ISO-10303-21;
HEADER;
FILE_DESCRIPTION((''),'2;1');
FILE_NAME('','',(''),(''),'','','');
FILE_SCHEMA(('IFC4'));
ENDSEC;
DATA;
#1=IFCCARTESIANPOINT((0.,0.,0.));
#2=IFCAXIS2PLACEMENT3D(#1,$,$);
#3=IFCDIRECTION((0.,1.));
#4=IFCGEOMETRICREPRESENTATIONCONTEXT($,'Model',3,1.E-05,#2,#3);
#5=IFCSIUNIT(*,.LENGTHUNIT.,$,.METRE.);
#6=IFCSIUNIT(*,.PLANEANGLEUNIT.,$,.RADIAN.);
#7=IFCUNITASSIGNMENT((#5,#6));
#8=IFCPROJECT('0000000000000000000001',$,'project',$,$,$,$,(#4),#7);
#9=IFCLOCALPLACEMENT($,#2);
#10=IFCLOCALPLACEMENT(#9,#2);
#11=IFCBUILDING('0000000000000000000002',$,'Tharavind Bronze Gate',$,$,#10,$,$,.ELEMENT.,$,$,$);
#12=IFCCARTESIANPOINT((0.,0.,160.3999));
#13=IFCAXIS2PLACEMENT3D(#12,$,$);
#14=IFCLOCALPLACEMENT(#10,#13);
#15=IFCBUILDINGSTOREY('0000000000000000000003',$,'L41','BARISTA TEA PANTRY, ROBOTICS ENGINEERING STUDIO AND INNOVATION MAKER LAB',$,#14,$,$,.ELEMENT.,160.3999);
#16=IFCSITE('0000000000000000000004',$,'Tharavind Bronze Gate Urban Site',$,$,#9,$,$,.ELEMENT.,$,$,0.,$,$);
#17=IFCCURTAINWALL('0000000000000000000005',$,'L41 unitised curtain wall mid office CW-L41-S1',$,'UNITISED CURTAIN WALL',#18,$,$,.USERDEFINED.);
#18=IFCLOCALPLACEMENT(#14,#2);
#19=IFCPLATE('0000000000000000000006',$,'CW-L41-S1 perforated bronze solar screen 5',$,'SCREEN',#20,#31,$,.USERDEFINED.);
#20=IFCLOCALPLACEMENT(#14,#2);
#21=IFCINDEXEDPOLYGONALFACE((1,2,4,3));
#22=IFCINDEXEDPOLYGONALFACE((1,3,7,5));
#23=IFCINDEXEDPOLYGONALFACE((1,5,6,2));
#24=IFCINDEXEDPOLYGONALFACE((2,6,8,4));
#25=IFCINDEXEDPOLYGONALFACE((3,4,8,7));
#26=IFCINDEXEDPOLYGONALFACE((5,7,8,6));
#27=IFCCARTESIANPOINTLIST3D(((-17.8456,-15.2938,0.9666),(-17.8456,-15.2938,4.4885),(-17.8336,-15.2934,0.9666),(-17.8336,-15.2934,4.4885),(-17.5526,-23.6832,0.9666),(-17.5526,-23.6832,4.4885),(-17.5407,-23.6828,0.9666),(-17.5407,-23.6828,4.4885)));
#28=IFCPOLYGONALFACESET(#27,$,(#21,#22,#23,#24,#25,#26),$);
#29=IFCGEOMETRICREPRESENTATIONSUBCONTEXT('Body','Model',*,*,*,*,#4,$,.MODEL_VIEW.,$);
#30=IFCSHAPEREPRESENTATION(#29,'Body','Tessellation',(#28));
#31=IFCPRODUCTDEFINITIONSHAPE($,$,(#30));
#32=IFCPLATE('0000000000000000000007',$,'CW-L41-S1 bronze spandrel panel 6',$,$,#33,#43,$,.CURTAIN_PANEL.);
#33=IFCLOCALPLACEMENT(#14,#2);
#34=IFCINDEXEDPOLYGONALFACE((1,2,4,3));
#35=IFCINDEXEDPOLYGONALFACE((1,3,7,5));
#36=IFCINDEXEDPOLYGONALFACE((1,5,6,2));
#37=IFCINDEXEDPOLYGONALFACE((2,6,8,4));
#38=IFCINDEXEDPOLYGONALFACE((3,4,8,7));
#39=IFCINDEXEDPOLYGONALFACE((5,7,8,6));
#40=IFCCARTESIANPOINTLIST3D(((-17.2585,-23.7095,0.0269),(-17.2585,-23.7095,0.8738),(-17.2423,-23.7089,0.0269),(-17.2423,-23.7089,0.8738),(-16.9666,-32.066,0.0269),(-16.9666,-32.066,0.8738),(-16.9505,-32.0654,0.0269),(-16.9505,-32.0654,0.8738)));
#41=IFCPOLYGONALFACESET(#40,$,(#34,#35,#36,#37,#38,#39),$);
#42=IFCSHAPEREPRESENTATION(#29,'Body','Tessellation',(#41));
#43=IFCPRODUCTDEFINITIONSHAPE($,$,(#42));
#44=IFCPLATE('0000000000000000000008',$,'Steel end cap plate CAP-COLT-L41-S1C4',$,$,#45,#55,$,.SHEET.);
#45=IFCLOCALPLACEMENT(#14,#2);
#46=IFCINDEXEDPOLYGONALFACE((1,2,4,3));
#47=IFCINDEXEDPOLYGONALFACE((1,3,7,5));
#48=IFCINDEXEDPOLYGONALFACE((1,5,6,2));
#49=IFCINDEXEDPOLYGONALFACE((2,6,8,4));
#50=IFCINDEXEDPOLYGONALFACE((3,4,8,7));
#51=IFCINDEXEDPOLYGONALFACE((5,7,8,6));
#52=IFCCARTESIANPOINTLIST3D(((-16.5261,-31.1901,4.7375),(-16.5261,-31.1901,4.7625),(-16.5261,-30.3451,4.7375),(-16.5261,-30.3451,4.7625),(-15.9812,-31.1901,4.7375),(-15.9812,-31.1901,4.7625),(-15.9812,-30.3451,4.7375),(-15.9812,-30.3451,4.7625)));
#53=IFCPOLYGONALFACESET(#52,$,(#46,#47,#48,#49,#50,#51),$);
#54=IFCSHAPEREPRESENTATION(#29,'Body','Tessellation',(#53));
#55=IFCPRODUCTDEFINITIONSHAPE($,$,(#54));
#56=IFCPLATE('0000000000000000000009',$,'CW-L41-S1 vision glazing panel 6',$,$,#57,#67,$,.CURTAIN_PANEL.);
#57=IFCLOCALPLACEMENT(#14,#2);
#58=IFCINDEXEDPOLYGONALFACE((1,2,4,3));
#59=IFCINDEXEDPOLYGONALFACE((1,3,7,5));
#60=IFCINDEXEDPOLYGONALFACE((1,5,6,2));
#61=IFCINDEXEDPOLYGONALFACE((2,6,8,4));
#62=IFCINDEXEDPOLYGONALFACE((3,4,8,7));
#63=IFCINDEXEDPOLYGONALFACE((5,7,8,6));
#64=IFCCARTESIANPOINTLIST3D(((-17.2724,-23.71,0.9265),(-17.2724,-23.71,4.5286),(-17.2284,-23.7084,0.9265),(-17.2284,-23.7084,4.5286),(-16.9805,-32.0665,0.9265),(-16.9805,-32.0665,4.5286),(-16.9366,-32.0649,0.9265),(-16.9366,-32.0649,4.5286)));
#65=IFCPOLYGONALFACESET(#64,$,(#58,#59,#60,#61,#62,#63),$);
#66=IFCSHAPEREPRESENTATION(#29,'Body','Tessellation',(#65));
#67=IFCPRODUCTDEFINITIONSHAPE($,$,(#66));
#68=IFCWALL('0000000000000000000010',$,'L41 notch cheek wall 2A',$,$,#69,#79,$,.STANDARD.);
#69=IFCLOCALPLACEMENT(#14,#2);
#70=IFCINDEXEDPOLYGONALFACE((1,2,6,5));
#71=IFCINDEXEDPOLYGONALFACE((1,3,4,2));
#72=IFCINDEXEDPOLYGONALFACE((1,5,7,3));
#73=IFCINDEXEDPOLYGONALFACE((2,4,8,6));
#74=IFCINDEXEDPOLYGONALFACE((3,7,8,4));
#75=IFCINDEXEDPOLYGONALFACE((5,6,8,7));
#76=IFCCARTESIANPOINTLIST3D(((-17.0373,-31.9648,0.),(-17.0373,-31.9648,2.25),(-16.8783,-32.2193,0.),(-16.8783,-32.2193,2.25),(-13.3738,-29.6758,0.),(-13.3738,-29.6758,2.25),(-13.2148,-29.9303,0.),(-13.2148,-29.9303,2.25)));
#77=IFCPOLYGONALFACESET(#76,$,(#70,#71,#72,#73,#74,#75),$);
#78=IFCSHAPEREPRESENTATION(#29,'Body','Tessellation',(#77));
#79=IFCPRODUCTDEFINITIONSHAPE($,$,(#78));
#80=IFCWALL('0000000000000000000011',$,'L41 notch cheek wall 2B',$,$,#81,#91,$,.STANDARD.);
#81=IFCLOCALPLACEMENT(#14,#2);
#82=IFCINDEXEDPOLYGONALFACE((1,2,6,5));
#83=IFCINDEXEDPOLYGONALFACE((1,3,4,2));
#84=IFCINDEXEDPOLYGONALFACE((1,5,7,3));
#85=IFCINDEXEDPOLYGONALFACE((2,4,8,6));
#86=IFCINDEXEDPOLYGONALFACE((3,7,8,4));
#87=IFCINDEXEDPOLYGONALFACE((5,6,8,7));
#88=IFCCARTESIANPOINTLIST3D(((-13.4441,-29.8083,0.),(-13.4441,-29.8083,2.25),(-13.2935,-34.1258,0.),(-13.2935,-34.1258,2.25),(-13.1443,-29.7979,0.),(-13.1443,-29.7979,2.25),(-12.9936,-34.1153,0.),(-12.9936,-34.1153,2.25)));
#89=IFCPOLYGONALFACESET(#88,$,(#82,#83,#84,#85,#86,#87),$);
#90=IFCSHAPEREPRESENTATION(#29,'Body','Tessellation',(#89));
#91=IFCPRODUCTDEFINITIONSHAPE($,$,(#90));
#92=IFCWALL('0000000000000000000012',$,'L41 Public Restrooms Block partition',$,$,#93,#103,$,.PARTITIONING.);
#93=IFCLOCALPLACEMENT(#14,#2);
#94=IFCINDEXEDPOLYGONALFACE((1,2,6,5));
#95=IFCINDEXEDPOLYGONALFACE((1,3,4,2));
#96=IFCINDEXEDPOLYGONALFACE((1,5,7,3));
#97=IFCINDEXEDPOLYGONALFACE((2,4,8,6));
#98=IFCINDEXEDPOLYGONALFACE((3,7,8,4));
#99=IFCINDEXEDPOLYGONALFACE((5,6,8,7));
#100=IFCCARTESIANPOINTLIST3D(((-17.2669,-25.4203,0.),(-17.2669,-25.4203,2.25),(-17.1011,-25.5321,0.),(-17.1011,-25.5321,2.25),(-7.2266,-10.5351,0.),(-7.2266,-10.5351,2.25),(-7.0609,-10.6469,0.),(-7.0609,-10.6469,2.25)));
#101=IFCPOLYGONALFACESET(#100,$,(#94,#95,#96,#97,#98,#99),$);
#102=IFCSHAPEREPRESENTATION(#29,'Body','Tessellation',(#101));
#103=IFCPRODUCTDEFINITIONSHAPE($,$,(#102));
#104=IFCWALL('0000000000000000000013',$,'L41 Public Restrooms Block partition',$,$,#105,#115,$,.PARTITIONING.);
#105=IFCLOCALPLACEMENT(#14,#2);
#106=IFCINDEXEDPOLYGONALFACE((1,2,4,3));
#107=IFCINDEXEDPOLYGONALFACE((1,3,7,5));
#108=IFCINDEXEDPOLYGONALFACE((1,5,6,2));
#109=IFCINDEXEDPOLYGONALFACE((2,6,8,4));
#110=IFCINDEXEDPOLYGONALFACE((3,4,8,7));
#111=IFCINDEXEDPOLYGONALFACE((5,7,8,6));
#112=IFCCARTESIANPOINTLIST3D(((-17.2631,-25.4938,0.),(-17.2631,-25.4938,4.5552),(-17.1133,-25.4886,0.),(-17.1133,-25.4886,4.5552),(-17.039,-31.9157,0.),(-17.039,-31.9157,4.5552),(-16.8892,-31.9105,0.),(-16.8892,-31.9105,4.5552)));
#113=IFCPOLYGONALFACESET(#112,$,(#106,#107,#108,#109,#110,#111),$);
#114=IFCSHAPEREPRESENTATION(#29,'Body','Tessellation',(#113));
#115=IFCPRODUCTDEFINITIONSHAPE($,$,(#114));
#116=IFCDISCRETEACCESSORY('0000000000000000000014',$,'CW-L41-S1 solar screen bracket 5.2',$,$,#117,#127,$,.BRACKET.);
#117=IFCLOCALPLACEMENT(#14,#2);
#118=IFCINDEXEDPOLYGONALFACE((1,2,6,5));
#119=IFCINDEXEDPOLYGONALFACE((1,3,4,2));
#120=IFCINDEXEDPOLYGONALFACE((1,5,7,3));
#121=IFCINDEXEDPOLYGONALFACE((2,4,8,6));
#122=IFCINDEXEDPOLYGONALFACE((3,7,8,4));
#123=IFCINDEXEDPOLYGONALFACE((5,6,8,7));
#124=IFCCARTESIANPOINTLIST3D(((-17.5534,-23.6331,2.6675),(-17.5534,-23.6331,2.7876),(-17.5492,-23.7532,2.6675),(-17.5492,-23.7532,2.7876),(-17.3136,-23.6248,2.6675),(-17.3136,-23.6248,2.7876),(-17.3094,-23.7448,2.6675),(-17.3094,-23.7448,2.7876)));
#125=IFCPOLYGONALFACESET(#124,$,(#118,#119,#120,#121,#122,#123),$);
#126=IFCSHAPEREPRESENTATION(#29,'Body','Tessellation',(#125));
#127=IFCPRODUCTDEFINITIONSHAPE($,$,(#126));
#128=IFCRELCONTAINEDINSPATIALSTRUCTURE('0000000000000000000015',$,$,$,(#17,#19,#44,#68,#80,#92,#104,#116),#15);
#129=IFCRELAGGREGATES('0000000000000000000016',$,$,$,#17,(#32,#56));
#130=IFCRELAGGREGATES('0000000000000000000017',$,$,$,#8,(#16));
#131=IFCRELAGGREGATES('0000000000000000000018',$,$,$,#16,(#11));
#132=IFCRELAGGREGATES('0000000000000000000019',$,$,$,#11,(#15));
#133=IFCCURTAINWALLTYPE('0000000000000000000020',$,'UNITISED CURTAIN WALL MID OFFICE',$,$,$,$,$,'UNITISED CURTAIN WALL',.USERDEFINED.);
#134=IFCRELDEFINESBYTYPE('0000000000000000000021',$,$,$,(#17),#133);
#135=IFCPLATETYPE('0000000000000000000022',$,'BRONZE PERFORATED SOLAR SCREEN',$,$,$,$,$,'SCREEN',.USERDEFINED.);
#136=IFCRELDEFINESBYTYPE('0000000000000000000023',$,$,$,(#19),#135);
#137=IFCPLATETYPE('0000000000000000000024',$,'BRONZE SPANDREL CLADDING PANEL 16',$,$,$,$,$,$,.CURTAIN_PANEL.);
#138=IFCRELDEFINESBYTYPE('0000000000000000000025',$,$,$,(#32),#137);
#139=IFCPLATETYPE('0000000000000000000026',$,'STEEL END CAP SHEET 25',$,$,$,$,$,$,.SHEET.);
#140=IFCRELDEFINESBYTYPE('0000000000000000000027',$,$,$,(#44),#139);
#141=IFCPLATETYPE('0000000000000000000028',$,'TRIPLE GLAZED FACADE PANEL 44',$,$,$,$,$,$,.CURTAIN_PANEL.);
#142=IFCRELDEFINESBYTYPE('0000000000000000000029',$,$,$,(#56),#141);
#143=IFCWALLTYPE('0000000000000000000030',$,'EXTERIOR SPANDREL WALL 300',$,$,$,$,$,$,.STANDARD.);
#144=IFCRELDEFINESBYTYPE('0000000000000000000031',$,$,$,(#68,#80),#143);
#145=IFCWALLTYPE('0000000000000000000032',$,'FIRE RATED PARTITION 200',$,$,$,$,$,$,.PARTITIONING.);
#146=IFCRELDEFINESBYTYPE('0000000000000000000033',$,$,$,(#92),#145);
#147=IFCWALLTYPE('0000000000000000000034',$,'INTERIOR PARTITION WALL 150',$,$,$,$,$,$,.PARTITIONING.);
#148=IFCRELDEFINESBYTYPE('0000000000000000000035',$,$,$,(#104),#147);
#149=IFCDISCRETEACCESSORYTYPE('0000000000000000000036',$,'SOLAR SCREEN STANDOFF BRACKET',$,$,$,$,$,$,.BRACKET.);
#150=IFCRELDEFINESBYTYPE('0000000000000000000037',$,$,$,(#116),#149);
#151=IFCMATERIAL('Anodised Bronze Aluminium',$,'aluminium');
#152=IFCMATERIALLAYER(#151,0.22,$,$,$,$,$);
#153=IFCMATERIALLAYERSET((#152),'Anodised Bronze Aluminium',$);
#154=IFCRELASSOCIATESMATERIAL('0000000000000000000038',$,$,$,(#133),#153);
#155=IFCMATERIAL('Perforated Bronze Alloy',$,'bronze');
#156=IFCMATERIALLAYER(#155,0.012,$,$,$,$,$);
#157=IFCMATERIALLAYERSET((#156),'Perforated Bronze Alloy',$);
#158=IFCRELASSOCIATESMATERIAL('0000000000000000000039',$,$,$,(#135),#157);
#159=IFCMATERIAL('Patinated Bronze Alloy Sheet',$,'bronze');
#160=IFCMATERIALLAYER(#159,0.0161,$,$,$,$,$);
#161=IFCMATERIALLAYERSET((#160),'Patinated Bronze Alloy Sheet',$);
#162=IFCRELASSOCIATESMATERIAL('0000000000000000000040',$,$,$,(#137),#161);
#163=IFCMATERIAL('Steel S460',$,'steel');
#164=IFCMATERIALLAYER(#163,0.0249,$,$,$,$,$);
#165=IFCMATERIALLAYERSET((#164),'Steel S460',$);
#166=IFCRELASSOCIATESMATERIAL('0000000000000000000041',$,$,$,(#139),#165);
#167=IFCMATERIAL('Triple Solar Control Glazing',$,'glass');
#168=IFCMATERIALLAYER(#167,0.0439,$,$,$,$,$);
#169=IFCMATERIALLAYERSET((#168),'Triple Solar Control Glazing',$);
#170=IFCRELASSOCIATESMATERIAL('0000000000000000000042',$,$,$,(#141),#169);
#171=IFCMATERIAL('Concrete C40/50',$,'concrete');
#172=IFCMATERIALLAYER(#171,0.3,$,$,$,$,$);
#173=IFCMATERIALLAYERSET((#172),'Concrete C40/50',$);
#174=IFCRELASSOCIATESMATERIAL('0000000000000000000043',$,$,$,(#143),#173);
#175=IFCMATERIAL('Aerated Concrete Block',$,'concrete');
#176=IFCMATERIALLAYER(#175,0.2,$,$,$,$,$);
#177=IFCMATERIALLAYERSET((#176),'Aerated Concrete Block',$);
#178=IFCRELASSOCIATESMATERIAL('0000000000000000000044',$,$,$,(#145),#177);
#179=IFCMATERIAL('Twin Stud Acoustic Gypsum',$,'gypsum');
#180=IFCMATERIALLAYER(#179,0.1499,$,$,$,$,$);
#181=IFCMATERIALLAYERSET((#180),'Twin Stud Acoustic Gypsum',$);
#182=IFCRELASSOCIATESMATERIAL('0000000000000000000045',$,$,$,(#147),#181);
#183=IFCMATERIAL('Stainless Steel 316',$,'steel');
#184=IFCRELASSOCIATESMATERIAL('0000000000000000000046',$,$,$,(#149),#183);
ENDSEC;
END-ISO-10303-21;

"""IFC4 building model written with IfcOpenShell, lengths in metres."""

from ifc_helpers import new_model, si_unit, direction, frame, frame_2d, origin, origin_2d, place, context, subcontext, project, spatial, rectangle, extrude, material, layer, layer_set, type_object, element, aggregate, save


model = new_model("IFC4")

# Units and contexts
model_context = context("Model", 3, precision=1e-05, world=origin(), true_north=direction((0.0, 1.0)))
body_context = subcontext(model_context, "Body", "Model", "MODEL_VIEW")
ifc_project = project(units=[si_unit("LENGTHUNIT", "METRE"), si_unit("PLANEANGLEUNIT", "RADIAN")], contexts=[model_context])

# Site, building, storey
site_placement = place(None, origin())
site = spatial("IfcSite", under=ifc_project, at=site_placement, Name="Tharavind Bronze Gate Urban Site", CompositionType="ELEMENT", RefElevation=0.0)
building_placement = place(site_placement, origin())
building = spatial("IfcBuilding", under=site, at=building_placement, Name="Tharavind Bronze Gate", CompositionType="ELEMENT")
storey_placement = place(building_placement, frame((0.0, 0.0, 160.3999)))
storey = spatial("IfcBuildingStorey", under=building, at=storey_placement, Name="L41", Description="BARISTA TEA PANTRY, ROBOTICS ENGINEERING STUDIO AND INNOVATION MAKER LAB", CompositionType="ELEMENT", Elevation=160.3999)

# Shared definitions
ifc_material_1 = material(Name="Steel S460", Category="steel")

# Curtain wall
ifc_material_2 = material(Name="Anodised Bronze Aluminium", Category="aluminium")
ifc_layer_1 = layer(ifc_material_2, 0.22)
ifc_layer_set_1 = layer_set([ifc_layer_1], Name="Anodised Bronze Aluminium")
curtain_wall_type = type_object("IfcCurtainWallType", Name="UNITISED CURTAIN WALL MID OFFICE", ElementType="UNITISED CURTAIN WALL", PredefinedType="USERDEFINED", material=ifc_layer_set_1)
curtain_wall_1_placement = place(storey_placement, origin())
curtain_wall_1 = element("IfcCurtainWall", 1, at=curtain_wall_1_placement, inside=storey, type_object=curtain_wall_type, Name="L41 unitised curtain wall mid office CW-L41-S1", ObjectType="UNITISED CURTAIN WALL", PredefinedType="USERDEFINED")

# Plates
ifc_material_3 = material(Name="Perforated Bronze Alloy", Category="bronze")
ifc_layer_2 = layer(ifc_material_3, 0.012)
ifc_layer_set_2 = layer_set([ifc_layer_2], Name="Perforated Bronze Alloy")
plate_type_1 = type_object("IfcPlateType", Name="BRONZE PERFORATED SOLAR SCREEN", ElementType="SCREEN", PredefinedType="USERDEFINED", material=ifc_layer_set_2)
plate_1_placement = place(storey_placement, frame((-17.6931, -19.4883, 0.9666), z_axis=(0.0, 0.0, 1.0), x_axis=(0.034899, -0.999391, 0.0)))
element("IfcPlate", 2, at=plate_1_placement, inside=storey, type_object=plate_type_1, Name="CW-L41-S1 perforated bronze solar screen 5", ObjectType="SCREEN", PredefinedType="USERDEFINED", context=body_context, shape_type="SweptSolid", body=[
    extrude(rectangle(XDim=8.3945, YDim=0.012, at=origin_2d()), origin(), (0.0, 0.0, 1.0), 3.522),
])
ifc_material_4 = material(Name="Patinated Bronze Alloy Sheet", Category="bronze")
ifc_layer_3 = layer(ifc_material_4, 0.0161)
ifc_layer_set_3 = layer_set([ifc_layer_3], Name="Patinated Bronze Alloy Sheet")
plate_type_2 = type_object("IfcPlateType", Name="BRONZE SPANDREL CLADDING PANEL 16", PredefinedType="CURTAIN_PANEL", material=ifc_layer_set_3)
plate_2_placement = place(storey_placement, frame((-17.1045, -27.8875, 0.0269), z_axis=(0.0, 0.0, 1.0), x_axis=(0.034899, -0.999391, 0.0)))
plate_2 = element("IfcPlate", 3, at=plate_2_placement, type_object=plate_type_2, Name="CW-L41-S1 bronze spandrel panel 6", PredefinedType="CURTAIN_PANEL", context=body_context, shape_type="SweptSolid", body=[
    extrude(rectangle(XDim=8.3616, YDim=0.0161, at=origin_2d()), origin(), (0.0, 0.0, 1.0), 0.8469),
])
ifc_layer_4 = layer(ifc_material_1, 0.0249)
ifc_layer_set_4 = layer_set([ifc_layer_4], Name="Steel S460")
plate_type_3 = type_object("IfcPlateType", Name="STEEL END CAP SHEET 25", PredefinedType="SHEET", material=ifc_layer_set_4)
plate_3_placement = place(storey_placement, frame((-16.2537, -30.7676, 4.7375), z_axis=(0.0, 0.0, 1.0), x_axis=(1.0, 0.0, 0.0)))
element("IfcPlate", 4, at=plate_3_placement, inside=storey, type_object=plate_type_3, Name="Steel end cap plate CAP-COLT-L41-S1C4", PredefinedType="SHEET", context=body_context, shape_type="SweptSolid", body=[
    extrude(rectangle(XDim=0.5449, YDim=0.845, at=origin_2d()), origin(), (0.0, 0.0, 1.0), 0.0249),
])
ifc_material_5 = material(Name="Triple Solar Control Glazing", Category="glass")
ifc_layer_5 = layer(ifc_material_5, 0.0439)
ifc_layer_set_5 = layer_set([ifc_layer_5], Name="Triple Solar Control Glazing")
plate_type_4 = type_object("IfcPlateType", Name="TRIPLE GLAZED FACADE PANEL 44", PredefinedType="CURTAIN_PANEL", material=ifc_layer_set_5)
plate_4_placement = place(storey_placement, frame((-17.1045, -27.8875, 0.9265), z_axis=(0.0, 0.0, 1.0), x_axis=(0.034899, -0.999391, 0.0)))
plate_4 = element("IfcPlate", 5, at=plate_4_placement, type_object=plate_type_4, Name="CW-L41-S1 vision glazing panel 6", PredefinedType="CURTAIN_PANEL", context=body_context, shape_type="SweptSolid", body=[
    extrude(rectangle(XDim=8.3616, YDim=0.0439, at=origin_2d()), origin(), (0.0, 0.0, 1.0), 3.6021),
])
aggregate(curtain_wall_1, [plate_2, plate_4])

# Walls
ifc_material_6 = material(Name="Concrete C40/50", Category="concrete")
ifc_layer_6 = layer(ifc_material_6, 0.3)
ifc_layer_set_6 = layer_set([ifc_layer_6], Name="Concrete C40/50")
wall_type_1 = type_object("IfcWallType", Name="EXTERIOR SPANDREL WALL 300", PredefinedType="STANDARD", material=ifc_layer_set_6)
wall_1_placement = place(storey_placement, frame((-16.9578, -32.092, 0.0), z_axis=(0.0, 0.0, 1.0), x_axis=(0.848068, 0.529887, 0.0)))
element("IfcWall", 6, at=wall_1_placement, inside=storey, type_object=wall_type_1, Name="L41 notch cheek wall 2A", PredefinedType="STANDARD", context=body_context, shape_type="SweptSolid", body=[
    extrude(rectangle(XDim=4.3198, YDim=0.3, at=frame_2d((2.1599, 0.0))), origin(), (0.0, 0.0, 1.0), 2.25),
])
wall_2_placement = place(storey_placement, frame((-13.2942, -29.803, 0.0), z_axis=(0.0, 0.0, 1.0), x_axis=(0.034869, -0.999392, 0.0)))
element("IfcWall", 7, at=wall_2_placement, inside=storey, type_object=wall_type_1, Name="L41 notch cheek wall 2B", PredefinedType="STANDARD", context=body_context, shape_type="SweptSolid", body=[
    extrude(rectangle(XDim=4.3201, YDim=0.3, at=frame_2d((2.1602, 0.0))), origin(), (0.0, 0.0, 1.0), 2.25),
])
ifc_material_7 = material(Name="Aerated Concrete Block", Category="concrete")
ifc_layer_7 = layer(ifc_material_7, 0.2)
ifc_layer_set_7 = layer_set([ifc_layer_7], Name="Aerated Concrete Block")
wall_type_2 = type_object("IfcWallType", Name="FIRE RATED PARTITION 200", PredefinedType="PARTITIONING", material=ifc_layer_set_7)
wall_3_placement = place(storey_placement, frame((-17.1841, -25.4763, 0.0), z_axis=(0.0, 0.0, 1.0), x_axis=(0.559195, 0.829036, 0.0)))
element("IfcWall", 8, at=wall_3_placement, inside=storey, type_object=wall_type_2, Name="L41 Public Restrooms Block partition", PredefinedType="PARTITIONING", context=body_context, shape_type="SweptSolid", body=[
    extrude(rectangle(XDim=17.9548, YDim=0.2, at=frame_2d((8.9775, 0.0))), origin(), (0.0, 0.0, 1.0), 2.25),
])
ifc_material_8 = material(Name="Twin Stud Acoustic Gypsum", Category="gypsum")
ifc_layer_8 = layer(ifc_material_8, 0.1499)
ifc_layer_set_8 = layer_set([ifc_layer_8], Name="Twin Stud Acoustic Gypsum")
wall_type_3 = type_object("IfcWallType", Name="INTERIOR PARTITION WALL 150", PredefinedType="PARTITIONING", material=ifc_layer_set_8)
wall_4_placement = place(storey_placement, frame((-16.9641, -31.9131, 0.0), z_axis=(0.0, 0.0, 1.0), x_axis=(-0.034878, 0.999392, 0.0)))
element("IfcWall", 9, at=wall_4_placement, inside=storey, type_object=wall_type_3, Name="L41 Public Restrooms Block partition", PredefinedType="PARTITIONING", context=body_context, shape_type="SweptSolid", body=[
    extrude(rectangle(XDim=6.4258, YDim=0.1499, at=frame_2d((3.2129, 0.0))), origin(), (0.0, 0.0, 1.0), 4.5552),
])

# Discrete accessory
ifc_material_9 = material(Name="Stainless Steel 316", Category="steel")
discrete_accessory_type = type_object("IfcDiscreteAccessoryType", Name="SOLAR SCREEN STANDOFF BRACKET", PredefinedType="BRACKET", material=ifc_material_9)
discrete_accessory_placement = place(storey_placement, frame((-17.4314, -23.689, 2.6675), z_axis=(0.0, 0.0, 1.0), x_axis=(0.034899, -0.999391, 0.0)))
element("IfcDiscreteAccessory", 10, at=discrete_accessory_placement, inside=storey, type_object=discrete_accessory_type, Name="CW-L41-S1 solar screen bracket 5.2", PredefinedType="BRACKET", context=body_context, shape_type="SweptSolid", body=[
    extrude(rectangle(XDim=0.1201, YDim=0.24, at=origin_2d()), origin(), (0.0, 0.0, 1.0), 0.1201),
])

save(model, "model.ifc")
